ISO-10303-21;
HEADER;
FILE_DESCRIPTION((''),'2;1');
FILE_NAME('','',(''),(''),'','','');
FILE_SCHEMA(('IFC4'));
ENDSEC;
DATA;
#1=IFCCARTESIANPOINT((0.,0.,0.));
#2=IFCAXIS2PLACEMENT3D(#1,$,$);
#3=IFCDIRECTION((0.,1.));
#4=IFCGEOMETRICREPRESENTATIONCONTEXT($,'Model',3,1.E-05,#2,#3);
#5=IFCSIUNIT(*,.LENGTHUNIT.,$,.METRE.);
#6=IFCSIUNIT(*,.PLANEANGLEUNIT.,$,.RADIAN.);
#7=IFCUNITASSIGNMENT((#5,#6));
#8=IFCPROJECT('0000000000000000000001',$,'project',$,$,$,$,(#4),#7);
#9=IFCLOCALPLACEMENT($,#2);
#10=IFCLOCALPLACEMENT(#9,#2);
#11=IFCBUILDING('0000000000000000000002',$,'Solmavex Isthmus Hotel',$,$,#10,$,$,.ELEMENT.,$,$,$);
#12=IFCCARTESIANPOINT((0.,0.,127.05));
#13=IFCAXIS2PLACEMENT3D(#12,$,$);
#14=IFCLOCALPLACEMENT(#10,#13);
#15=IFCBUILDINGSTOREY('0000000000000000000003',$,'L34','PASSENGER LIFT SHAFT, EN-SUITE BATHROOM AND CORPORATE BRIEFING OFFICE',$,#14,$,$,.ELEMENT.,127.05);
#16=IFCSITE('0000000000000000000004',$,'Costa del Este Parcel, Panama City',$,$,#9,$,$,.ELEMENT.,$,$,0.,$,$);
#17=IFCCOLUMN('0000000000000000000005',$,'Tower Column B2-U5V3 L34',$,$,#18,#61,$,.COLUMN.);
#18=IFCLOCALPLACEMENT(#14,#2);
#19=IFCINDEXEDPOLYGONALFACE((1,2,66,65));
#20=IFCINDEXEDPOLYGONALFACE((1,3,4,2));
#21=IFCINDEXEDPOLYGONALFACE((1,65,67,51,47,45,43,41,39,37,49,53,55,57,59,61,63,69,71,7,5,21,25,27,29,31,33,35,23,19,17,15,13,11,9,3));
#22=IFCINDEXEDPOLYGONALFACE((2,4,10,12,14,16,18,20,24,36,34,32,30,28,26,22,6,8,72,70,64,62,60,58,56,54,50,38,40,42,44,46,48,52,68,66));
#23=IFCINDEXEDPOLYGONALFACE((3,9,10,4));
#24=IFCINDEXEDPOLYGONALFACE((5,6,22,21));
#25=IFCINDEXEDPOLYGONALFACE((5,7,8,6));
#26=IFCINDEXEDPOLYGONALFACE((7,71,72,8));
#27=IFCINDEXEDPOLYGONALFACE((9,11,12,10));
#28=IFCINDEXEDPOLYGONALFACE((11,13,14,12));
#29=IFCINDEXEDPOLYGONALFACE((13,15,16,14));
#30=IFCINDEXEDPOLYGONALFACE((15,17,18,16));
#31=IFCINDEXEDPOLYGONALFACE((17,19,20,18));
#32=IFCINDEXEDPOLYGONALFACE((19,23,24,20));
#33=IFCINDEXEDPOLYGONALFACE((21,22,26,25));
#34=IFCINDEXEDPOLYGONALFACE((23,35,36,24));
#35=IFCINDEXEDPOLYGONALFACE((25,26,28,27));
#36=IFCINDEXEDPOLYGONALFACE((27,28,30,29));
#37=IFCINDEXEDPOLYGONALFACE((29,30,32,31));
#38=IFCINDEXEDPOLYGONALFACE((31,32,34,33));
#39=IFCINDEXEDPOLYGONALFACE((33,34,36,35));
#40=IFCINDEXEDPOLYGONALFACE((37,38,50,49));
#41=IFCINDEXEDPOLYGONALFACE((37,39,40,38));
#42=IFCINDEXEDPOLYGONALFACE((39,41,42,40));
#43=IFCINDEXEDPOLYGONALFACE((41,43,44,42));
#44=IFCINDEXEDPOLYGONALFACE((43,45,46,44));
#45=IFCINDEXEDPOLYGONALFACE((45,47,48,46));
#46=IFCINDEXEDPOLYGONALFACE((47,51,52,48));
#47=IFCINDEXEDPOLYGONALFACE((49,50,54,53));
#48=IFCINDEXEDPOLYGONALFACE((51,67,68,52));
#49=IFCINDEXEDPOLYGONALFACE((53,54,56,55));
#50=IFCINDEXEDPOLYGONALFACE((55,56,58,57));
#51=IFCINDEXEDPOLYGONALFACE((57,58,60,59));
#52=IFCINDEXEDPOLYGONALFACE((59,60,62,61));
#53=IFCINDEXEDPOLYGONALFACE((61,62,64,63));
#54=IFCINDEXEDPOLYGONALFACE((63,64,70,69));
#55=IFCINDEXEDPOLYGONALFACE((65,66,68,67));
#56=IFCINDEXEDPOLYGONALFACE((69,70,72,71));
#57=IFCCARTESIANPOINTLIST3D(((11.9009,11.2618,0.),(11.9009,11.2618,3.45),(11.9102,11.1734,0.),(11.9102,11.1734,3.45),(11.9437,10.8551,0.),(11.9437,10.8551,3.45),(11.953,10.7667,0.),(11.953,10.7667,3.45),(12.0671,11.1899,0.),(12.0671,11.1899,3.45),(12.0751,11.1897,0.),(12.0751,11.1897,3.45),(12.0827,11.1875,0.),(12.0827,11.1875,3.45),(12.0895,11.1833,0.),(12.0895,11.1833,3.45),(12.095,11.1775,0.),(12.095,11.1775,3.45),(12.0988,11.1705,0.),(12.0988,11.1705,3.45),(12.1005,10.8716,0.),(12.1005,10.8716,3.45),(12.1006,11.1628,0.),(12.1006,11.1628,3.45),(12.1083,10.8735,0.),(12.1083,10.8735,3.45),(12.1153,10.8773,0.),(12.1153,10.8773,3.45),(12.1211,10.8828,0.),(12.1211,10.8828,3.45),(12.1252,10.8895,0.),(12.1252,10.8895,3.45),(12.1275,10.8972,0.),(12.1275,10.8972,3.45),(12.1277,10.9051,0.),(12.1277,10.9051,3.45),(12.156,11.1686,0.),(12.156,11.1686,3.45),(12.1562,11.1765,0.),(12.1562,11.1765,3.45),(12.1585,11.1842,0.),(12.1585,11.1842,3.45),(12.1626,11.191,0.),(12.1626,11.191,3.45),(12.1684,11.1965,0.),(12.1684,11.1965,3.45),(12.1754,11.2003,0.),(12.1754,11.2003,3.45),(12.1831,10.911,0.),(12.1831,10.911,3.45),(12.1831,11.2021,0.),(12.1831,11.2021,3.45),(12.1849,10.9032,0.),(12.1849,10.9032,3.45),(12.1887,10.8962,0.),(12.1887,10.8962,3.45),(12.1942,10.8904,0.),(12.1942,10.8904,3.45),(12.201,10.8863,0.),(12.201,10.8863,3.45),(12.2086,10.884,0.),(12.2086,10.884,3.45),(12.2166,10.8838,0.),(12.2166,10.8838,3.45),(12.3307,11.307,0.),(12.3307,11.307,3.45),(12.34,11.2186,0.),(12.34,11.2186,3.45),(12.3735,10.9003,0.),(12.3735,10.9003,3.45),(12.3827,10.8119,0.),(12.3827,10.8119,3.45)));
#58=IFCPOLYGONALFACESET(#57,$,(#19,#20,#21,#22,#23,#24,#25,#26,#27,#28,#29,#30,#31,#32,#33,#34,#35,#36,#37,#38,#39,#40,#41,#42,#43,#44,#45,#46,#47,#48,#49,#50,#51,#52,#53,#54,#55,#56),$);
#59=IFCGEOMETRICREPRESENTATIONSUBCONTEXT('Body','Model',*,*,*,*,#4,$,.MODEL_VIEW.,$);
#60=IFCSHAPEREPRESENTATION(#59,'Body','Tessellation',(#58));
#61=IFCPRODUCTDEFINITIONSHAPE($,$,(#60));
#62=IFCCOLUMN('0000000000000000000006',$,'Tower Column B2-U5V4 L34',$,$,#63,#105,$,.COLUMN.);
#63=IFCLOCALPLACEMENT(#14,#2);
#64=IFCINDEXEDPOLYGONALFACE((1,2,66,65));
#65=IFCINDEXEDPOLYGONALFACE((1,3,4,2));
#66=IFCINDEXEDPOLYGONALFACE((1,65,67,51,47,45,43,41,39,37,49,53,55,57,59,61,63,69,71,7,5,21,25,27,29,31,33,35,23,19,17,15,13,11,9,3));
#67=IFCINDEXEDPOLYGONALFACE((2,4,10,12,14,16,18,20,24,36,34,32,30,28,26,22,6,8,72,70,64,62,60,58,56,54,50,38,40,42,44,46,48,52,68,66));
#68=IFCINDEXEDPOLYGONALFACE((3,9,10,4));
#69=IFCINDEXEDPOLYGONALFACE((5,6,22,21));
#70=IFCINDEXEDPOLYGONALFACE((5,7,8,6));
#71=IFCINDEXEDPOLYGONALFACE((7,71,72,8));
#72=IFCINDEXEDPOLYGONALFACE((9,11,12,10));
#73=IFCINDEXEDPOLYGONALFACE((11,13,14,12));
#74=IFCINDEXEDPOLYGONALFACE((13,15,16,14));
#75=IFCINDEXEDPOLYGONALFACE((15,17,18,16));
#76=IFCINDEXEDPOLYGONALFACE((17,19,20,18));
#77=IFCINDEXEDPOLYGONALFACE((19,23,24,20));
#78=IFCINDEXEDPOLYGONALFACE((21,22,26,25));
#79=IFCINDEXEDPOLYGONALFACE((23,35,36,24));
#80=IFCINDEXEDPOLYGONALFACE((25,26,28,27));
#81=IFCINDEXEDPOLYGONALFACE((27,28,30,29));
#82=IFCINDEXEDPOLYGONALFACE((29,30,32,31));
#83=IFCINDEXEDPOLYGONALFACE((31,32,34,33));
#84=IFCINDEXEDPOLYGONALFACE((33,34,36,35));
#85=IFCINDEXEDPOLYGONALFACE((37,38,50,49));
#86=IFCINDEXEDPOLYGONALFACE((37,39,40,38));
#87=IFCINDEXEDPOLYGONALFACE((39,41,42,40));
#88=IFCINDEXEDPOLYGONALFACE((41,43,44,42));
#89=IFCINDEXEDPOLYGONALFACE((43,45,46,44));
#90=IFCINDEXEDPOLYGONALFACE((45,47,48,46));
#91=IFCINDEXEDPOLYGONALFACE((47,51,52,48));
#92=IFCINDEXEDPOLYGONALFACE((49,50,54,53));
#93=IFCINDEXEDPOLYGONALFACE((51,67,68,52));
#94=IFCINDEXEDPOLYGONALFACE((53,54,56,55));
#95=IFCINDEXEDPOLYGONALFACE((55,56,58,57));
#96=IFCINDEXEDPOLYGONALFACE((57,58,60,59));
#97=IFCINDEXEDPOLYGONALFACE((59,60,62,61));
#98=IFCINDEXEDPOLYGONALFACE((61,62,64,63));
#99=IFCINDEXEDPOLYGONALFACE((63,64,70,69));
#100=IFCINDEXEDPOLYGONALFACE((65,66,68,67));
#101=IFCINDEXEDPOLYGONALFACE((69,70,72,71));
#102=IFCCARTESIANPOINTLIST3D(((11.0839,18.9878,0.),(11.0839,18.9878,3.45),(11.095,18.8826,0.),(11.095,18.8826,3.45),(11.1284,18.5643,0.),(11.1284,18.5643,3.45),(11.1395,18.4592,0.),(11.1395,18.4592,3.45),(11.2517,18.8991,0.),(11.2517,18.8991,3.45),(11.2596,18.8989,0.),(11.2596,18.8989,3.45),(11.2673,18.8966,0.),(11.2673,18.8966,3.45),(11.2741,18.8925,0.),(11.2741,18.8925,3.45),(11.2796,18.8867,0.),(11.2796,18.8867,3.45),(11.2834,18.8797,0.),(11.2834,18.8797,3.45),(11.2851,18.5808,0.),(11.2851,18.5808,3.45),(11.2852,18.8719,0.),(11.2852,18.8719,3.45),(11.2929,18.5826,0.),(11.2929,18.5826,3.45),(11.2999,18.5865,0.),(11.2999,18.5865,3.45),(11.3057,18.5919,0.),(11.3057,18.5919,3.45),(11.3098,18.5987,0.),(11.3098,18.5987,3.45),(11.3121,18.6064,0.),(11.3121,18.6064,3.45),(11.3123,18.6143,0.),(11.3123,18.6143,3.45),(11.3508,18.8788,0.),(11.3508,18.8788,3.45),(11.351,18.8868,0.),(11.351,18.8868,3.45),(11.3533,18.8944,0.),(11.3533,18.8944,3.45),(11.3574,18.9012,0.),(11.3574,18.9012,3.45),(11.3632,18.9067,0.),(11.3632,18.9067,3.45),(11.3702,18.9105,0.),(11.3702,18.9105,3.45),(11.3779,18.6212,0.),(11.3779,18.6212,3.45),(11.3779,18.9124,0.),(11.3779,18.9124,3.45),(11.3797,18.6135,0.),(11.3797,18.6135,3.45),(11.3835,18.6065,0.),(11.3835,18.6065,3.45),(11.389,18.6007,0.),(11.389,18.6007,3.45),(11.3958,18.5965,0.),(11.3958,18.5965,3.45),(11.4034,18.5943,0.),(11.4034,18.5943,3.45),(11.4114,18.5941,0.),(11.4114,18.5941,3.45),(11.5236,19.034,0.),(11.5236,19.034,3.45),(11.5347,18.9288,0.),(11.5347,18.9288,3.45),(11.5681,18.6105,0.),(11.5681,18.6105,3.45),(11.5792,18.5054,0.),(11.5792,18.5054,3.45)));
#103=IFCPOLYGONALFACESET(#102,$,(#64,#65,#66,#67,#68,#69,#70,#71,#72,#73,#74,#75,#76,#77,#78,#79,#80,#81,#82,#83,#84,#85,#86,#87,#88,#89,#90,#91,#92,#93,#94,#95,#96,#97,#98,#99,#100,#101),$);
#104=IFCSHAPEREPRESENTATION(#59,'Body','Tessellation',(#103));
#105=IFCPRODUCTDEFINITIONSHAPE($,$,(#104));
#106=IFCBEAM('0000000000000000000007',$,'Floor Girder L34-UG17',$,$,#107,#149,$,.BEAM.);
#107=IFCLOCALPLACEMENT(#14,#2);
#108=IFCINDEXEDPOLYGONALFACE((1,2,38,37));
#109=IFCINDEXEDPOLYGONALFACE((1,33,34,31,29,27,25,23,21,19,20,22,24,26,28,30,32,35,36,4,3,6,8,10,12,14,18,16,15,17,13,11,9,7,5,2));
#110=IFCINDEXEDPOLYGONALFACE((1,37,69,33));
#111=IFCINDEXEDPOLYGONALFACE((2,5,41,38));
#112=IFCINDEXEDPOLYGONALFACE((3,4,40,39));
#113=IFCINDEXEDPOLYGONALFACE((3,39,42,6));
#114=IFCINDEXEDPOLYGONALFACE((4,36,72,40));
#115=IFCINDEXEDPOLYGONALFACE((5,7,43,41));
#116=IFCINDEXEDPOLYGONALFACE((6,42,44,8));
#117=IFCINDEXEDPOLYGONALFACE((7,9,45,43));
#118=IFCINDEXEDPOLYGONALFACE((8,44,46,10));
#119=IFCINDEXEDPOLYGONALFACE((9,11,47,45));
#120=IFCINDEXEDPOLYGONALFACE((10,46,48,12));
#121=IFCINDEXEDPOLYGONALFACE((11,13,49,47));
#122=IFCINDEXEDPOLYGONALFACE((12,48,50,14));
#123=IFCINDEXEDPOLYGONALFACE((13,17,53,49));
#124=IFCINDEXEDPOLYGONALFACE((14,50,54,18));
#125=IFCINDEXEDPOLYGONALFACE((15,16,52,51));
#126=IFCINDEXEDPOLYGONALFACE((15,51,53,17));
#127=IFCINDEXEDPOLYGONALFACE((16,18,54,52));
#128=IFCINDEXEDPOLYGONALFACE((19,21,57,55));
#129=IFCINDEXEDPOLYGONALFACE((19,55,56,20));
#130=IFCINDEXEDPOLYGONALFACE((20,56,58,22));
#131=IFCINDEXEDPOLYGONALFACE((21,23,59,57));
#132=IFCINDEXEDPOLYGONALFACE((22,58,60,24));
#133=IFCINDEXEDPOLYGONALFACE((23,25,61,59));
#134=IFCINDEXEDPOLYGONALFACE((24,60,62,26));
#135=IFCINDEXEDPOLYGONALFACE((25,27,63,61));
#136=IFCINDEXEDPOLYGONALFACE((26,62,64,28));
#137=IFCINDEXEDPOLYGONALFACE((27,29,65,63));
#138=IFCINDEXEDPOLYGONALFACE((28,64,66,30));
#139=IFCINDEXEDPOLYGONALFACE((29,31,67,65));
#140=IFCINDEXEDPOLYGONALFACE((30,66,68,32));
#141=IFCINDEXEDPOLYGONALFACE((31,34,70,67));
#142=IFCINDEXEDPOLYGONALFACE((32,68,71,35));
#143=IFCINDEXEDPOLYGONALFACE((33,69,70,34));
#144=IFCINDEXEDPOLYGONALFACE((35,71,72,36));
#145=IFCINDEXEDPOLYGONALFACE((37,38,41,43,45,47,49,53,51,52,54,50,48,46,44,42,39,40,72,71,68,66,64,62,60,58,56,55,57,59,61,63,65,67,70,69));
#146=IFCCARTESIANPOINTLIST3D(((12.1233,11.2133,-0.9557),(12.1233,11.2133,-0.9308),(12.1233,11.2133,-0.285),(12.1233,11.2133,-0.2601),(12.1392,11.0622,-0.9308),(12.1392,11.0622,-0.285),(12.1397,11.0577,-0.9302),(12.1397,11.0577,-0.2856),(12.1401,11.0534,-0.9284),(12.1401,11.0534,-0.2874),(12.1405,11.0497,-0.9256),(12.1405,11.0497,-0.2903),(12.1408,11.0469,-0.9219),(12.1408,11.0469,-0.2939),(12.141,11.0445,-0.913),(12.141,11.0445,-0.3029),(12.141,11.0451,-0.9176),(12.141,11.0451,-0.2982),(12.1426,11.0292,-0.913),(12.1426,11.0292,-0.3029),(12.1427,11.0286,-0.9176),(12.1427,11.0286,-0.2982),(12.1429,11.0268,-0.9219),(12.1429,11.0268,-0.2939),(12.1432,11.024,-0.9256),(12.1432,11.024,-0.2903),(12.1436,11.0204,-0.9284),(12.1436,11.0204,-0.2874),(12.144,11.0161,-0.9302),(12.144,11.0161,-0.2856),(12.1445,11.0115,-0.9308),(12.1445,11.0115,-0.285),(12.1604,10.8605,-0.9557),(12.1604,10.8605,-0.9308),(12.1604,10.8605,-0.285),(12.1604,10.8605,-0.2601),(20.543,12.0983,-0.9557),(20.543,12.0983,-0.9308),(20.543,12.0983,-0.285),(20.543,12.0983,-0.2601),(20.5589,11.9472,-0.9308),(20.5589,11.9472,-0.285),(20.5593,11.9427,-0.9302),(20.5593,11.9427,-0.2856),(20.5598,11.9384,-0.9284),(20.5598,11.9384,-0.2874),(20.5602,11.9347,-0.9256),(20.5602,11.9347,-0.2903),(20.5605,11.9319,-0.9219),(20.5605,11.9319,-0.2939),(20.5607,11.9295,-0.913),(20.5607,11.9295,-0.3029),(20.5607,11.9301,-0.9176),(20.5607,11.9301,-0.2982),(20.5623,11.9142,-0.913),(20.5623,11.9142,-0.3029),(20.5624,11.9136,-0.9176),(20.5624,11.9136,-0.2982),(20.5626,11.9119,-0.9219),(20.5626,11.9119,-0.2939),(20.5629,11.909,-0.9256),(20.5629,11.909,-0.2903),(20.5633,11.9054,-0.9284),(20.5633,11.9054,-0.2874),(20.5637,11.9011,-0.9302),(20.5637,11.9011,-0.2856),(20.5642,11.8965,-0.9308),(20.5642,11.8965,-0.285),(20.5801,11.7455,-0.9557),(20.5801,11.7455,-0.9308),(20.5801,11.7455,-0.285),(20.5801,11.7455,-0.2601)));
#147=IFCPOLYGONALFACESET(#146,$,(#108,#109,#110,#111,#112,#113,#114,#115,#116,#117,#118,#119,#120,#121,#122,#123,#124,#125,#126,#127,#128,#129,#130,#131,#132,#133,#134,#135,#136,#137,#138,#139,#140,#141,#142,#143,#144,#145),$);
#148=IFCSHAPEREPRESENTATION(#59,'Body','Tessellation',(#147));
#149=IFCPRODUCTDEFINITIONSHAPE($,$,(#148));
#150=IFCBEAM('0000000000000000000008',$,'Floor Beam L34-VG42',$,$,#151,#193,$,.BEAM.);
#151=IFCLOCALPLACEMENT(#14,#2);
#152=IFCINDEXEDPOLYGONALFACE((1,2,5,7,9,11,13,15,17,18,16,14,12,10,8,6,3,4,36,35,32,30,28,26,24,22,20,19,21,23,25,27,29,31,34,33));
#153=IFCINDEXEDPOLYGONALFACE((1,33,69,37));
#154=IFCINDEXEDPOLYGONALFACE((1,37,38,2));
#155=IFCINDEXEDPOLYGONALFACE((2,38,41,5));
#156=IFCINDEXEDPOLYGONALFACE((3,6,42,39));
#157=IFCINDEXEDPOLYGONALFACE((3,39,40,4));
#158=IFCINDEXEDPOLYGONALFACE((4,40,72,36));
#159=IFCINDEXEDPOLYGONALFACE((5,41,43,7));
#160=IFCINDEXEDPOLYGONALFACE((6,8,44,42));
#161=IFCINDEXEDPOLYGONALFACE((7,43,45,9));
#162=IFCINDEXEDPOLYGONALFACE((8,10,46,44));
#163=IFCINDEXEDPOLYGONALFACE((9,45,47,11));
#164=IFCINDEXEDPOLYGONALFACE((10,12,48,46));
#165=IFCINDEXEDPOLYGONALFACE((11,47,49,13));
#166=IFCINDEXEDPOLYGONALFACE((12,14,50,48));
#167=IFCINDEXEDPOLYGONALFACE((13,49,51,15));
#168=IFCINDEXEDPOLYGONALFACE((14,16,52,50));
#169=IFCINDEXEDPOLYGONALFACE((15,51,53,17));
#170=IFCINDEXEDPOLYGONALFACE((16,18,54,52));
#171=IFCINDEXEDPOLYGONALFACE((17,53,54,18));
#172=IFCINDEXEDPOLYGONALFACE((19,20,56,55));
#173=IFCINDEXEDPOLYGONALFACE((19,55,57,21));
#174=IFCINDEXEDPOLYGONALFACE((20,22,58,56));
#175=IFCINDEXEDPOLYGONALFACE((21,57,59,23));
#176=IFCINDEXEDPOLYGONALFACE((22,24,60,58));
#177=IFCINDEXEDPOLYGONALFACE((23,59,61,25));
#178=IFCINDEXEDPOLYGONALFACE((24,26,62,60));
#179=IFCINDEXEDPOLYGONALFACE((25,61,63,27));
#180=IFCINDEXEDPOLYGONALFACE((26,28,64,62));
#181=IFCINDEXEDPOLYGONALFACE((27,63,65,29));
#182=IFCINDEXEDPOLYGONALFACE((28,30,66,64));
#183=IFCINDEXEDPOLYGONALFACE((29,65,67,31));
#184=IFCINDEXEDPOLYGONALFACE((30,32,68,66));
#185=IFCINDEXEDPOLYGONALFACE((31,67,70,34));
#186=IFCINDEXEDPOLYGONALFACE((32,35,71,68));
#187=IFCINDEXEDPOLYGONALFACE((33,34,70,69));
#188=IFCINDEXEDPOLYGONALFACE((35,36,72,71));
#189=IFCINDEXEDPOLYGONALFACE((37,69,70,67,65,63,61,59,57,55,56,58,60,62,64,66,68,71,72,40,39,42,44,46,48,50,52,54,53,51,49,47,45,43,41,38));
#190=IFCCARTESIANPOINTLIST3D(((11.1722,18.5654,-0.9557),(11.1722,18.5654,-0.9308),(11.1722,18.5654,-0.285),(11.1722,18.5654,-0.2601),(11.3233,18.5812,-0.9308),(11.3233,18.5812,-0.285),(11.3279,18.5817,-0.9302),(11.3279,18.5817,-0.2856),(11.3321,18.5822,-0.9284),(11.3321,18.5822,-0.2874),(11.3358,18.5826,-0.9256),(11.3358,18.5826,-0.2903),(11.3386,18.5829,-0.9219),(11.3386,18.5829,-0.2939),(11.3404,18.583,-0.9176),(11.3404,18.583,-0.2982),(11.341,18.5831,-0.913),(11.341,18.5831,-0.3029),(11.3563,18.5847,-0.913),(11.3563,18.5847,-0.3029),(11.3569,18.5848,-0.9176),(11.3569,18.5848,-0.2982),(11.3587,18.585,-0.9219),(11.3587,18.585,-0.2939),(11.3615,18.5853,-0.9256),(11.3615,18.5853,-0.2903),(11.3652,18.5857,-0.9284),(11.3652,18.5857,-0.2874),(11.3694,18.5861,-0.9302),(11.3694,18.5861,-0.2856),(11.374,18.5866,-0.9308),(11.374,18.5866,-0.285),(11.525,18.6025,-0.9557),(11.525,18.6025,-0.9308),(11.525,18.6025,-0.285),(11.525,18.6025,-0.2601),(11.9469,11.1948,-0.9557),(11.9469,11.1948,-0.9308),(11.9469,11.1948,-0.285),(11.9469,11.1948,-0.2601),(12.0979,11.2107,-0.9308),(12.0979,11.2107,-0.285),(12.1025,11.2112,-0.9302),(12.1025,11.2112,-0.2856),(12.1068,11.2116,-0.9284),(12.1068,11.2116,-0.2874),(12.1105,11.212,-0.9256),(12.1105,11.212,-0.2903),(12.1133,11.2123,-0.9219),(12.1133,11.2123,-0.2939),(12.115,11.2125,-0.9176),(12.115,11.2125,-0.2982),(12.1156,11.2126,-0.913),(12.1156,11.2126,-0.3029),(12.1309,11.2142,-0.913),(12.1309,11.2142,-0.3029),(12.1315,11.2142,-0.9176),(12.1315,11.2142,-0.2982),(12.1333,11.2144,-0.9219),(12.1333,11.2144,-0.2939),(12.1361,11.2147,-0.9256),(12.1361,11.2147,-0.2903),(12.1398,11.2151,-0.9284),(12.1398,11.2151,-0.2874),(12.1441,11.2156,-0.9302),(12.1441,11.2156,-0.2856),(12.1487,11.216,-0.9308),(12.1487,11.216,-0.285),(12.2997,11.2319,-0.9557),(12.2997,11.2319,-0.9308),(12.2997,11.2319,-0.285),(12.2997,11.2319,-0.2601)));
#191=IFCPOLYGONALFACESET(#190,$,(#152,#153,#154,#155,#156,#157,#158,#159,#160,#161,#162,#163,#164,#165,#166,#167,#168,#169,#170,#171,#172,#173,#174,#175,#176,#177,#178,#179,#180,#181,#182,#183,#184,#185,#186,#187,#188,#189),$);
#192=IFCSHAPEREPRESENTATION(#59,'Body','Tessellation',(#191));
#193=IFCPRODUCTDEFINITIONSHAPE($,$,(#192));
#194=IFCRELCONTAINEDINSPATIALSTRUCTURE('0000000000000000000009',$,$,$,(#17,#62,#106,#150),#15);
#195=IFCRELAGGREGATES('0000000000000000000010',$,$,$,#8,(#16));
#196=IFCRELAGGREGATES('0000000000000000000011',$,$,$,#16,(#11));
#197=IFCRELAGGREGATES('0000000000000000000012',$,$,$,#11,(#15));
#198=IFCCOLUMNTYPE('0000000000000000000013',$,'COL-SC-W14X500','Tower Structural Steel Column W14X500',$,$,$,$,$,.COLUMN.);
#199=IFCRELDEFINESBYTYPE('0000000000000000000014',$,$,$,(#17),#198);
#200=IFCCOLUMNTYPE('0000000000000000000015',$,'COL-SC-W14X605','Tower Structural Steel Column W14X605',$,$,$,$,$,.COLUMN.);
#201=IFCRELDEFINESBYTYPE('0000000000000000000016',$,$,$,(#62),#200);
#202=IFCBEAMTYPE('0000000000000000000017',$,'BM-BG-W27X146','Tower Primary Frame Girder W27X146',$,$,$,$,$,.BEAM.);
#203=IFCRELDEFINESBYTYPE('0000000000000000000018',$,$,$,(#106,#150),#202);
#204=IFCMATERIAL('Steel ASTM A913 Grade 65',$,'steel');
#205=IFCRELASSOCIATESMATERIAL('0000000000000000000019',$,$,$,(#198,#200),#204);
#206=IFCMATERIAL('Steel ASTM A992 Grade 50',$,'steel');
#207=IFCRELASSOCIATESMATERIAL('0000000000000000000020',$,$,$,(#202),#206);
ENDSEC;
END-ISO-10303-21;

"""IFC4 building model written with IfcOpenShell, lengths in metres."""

from ifc_helpers import new_model, si_unit, direction, frame, origin, origin_2d, place, context, subcontext, project, spatial, i_section, extrude, material, material_profile, profile_set, type_object, element, save


model = new_model("IFC4")

# Units and contexts
model_context = context("Model", 3, precision=1e-05, world=origin(), true_north=direction((0.0, 1.0)))
body_context = subcontext(model_context, "Body", "Model", "MODEL_VIEW")
ifc_project = project(units=[si_unit("LENGTHUNIT", "METRE"), si_unit("PLANEANGLEUNIT", "RADIAN")], contexts=[model_context])

# Site, building, storey
site_placement = place(None, origin())
site = spatial("IfcSite", under=ifc_project, at=site_placement, Name="Costa del Este Parcel, Panama City", CompositionType="ELEMENT", RefElevation=0.0)
building_placement = place(site_placement, origin())
building = spatial("IfcBuilding", under=site, at=building_placement, Name="Solmavex Isthmus Hotel", CompositionType="ELEMENT")
storey_placement = place(building_placement, frame((0.0, 0.0, 127.05)))
storey = spatial("IfcBuildingStorey", under=building, at=storey_placement, Name="L34", Description="PASSENGER LIFT SHAFT, EN-SUITE BATHROOM AND CORPORATE BRIEFING OFFICE", CompositionType="ELEMENT", Elevation=127.05)

# Columns
ifc_material_1 = material(Name="Steel ASTM A913 Grade 65", Category="steel")
ifc_material_profile_1 = material_profile(ifc_material_1, i_section(OverallWidth=0.4321, OverallDepth=0.4978, WebThickness=0.0557, FlangeThickness=0.0889, FilletRadius=0.0305, at=origin_2d()), Name="W14X500")
ifc_profile_set_1 = profile_set([ifc_material_profile_1], Name="Steel ASTM A913 Grade 65")
column_type_1 = type_object("IfcColumnType", Name="COL-SC-W14X500", Description="Tower Structural Steel Column W14X500", PredefinedType="COLUMN", material=ifc_profile_set_1)
column_1_placement = place(storey_placement, frame((12.1418, 11.0369, 0.0), z_axis=(0.0, 0.0, 1.0), x_axis=(0.994522, 0.104528, 0.0)))
element("IfcColumn", 1, at=column_1_placement, inside=storey, type_object=column_type_1, Name="Tower Column B2-U5V3 L34", PredefinedType="COLUMN", context=body_context, shape_type="SweptSolid", body=[
    extrude(i_section(OverallWidth=0.4321, OverallDepth=0.4978, WebThickness=0.0557, FlangeThickness=0.0889, FilletRadius=0.0305, at=origin_2d()), origin(), (0.0, 0.0, 1.0), 3.45),
])
ifc_material_profile_2 = material_profile(ifc_material_1, i_section(OverallWidth=0.4421, OverallDepth=0.5315, WebThickness=0.0659, FlangeThickness=0.1057, FilletRadius=0.0305, at=origin_2d()), Name="W14X605")
ifc_profile_set_2 = profile_set([ifc_material_profile_2], Name="Steel ASTM A913 Grade 65")
column_type_2 = type_object("IfcColumnType", Name="COL-SC-W14X605", Description="Tower Structural Steel Column W14X605", PredefinedType="COLUMN", material=ifc_profile_set_2)
column_2_placement = place(storey_placement, frame((11.3315, 18.7466, 0.0), z_axis=(0.0, 0.0, 1.0), x_axis=(0.994522, 0.104528, 0.0)))
element("IfcColumn", 2, at=column_2_placement, inside=storey, type_object=column_type_2, Name="Tower Column B2-U5V4 L34", PredefinedType="COLUMN", context=body_context, shape_type="SweptSolid", body=[
    extrude(i_section(OverallWidth=0.4421, OverallDepth=0.5315, WebThickness=0.0659, FlangeThickness=0.1057, FilletRadius=0.0305, at=origin_2d()), origin(), (0.0, 0.0, 1.0), 3.45),
])

# Beams
ifc_material_2 = material(Name="Steel ASTM A992 Grade 50", Category="steel")
ifc_material_profile_3 = material_profile(ifc_material_2, i_section(OverallWidth=0.3547, OverallDepth=0.6956, WebThickness=0.0154, FlangeThickness=0.0249, FilletRadius=0.0178, at=origin_2d()), Name="W27X146")
ifc_profile_set_3 = profile_set([ifc_material_profile_3], Name="Steel ASTM A992 Grade 50")
beam_type_1 = type_object("IfcBeamType", Name="BM-BG-W27X146", Description="Tower Primary Frame Girder W27X146", PredefinedType="BEAM", material=ifc_profile_set_3)
beam_1_placement = place(storey_placement, frame((12.1418, 11.0369, -0.6079), z_axis=(0.994521, 0.104536, 0.0), x_axis=(-0.104536, 0.994521, 0.0)))
element("IfcBeam", 3, at=beam_1_placement, inside=storey, type_object=beam_type_1, Name="Floor Girder L34-UG17", PredefinedType="BEAM", context=body_context, shape_type="SweptSolid", body=[
    extrude(i_section(OverallWidth=0.3547, OverallDepth=0.6956, WebThickness=0.0154, FlangeThickness=0.0249, FilletRadius=0.0178, at=origin_2d()), origin(), (0.0, 0.0, 1.0), 8.4661),
])
beam_2_placement = place(storey_placement, frame((12.1233, 11.2134, -0.6079), z_axis=(-0.104525, 0.994522, 0.0), x_axis=(-0.994522, -0.104525, 0.0)))
element("IfcBeam", 4, at=beam_2_placement, inside=storey, type_object=beam_type_1, Name="Floor Beam L34-VG42", PredefinedType="BEAM", context=body_context, shape_type="SweptSolid", body=[
    extrude(i_section(OverallWidth=0.3547, OverallDepth=0.6956, WebThickness=0.0154, FlangeThickness=0.0249, FilletRadius=0.0178, at=origin_2d()), origin(), (0.0, 0.0, 1.0), 7.4111),
])

save(model, "model.ifc")
